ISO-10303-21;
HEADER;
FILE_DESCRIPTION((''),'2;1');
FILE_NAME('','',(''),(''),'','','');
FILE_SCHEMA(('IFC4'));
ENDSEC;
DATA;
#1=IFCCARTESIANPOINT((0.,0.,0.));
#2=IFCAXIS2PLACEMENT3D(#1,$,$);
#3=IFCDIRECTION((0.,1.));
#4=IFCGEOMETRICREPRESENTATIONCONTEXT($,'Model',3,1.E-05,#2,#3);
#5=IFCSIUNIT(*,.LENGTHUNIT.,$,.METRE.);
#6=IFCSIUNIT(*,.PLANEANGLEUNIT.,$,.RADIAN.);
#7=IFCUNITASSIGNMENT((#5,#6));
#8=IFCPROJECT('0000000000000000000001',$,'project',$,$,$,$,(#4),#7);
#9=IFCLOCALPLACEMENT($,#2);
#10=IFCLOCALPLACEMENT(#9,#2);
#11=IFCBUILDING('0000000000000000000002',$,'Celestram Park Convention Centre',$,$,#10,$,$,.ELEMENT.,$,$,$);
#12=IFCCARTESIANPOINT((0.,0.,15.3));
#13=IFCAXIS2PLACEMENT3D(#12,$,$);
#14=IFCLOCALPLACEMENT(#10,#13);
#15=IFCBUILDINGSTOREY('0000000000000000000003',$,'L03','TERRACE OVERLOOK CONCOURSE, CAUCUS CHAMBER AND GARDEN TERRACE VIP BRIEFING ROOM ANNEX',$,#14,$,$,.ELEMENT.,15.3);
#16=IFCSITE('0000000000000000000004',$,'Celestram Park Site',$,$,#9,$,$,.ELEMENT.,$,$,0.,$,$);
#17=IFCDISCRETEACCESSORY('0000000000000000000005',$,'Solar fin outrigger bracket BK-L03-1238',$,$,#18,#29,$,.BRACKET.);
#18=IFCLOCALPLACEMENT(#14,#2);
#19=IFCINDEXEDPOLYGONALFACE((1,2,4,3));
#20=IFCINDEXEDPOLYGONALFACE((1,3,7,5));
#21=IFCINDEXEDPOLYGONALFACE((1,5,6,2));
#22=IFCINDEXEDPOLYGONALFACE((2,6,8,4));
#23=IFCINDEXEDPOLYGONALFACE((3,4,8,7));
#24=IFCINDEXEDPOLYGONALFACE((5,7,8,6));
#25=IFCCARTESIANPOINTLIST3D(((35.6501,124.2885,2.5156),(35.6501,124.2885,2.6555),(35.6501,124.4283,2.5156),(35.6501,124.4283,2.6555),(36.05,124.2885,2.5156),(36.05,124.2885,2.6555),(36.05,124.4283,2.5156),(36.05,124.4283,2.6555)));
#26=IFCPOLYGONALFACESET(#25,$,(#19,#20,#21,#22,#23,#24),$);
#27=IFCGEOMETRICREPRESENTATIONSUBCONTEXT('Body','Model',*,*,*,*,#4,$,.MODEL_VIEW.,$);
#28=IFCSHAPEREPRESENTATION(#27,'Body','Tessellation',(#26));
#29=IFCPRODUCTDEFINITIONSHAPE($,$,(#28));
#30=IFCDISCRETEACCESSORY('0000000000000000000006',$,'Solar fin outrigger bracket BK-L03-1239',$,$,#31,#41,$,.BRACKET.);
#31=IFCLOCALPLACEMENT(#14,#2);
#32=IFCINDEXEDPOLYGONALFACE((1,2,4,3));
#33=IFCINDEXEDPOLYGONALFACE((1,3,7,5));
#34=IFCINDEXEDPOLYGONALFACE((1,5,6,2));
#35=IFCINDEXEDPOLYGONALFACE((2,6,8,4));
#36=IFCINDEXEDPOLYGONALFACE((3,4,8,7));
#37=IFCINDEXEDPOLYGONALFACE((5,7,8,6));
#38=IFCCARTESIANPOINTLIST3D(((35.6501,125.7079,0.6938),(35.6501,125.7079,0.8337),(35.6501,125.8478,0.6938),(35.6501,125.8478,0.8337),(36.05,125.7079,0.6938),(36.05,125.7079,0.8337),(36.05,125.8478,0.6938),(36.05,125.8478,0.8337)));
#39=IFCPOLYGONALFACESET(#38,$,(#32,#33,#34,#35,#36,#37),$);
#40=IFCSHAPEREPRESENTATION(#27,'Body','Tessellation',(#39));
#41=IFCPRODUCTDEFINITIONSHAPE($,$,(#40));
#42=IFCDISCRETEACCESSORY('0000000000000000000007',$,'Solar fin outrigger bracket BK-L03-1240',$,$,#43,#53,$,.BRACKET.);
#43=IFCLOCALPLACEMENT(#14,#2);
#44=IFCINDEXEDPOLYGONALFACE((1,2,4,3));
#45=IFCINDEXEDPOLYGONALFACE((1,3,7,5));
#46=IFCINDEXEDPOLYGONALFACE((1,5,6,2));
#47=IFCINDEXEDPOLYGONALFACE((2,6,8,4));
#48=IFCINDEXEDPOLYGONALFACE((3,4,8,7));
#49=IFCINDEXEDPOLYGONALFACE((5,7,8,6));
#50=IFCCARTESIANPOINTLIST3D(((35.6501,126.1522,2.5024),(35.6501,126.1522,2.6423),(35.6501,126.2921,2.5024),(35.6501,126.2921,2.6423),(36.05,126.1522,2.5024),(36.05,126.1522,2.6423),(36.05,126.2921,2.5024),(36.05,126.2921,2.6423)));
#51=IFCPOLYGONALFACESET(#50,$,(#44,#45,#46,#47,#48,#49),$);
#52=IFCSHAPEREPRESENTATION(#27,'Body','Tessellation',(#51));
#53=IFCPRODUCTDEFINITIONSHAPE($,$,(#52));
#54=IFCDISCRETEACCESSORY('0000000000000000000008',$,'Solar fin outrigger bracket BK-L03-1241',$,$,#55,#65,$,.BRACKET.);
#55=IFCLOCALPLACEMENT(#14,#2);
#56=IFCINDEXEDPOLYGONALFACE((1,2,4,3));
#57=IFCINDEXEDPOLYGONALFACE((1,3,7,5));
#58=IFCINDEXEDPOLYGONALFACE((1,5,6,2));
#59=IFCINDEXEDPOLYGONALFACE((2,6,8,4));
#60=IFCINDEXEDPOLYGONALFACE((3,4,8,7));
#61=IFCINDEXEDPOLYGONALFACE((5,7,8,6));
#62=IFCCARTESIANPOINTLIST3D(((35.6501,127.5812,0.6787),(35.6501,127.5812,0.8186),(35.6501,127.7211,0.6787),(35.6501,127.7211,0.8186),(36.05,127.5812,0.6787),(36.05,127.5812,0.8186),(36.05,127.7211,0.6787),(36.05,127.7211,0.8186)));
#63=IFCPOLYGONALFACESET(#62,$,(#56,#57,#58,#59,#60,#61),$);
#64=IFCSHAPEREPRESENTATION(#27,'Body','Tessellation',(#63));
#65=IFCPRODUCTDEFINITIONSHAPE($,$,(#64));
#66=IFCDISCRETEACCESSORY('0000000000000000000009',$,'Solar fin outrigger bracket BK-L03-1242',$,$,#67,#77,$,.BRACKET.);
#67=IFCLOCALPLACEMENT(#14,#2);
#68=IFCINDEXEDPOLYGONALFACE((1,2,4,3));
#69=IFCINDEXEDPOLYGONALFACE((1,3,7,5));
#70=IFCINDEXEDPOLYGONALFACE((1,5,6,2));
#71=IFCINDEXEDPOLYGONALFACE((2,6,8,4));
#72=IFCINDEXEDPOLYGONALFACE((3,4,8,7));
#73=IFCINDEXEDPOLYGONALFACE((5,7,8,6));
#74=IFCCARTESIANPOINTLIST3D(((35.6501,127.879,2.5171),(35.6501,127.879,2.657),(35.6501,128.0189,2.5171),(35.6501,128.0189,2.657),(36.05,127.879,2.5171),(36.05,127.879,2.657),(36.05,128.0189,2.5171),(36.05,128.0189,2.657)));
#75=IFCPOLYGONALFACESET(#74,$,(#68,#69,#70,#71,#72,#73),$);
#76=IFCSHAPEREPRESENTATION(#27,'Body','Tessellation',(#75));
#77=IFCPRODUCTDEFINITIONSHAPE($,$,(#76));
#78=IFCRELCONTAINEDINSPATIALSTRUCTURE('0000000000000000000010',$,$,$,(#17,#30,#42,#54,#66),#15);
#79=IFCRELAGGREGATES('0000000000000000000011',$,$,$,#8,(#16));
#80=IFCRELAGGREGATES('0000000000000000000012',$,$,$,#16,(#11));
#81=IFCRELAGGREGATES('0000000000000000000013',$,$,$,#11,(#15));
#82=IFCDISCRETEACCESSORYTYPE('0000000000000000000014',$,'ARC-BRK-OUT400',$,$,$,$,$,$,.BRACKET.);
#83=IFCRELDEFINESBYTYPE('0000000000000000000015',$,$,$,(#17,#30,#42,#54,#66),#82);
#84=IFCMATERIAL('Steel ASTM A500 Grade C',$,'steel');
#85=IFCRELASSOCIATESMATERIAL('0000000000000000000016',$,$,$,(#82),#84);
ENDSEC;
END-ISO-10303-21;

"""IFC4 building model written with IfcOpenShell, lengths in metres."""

from ifc_helpers import new_model, si_unit, direction, frame, origin, origin_2d, place, context, subcontext, project, spatial, rectangle, extrude, material, type_object, element, save


model = new_model("IFC4")

# Units and contexts
model_context = context("Model", 3, precision=1e-05, world=origin(), true_north=direction((0.0, 1.0)))
body_context = subcontext(model_context, "Body", "Model", "MODEL_VIEW")
ifc_project = project(units=[si_unit("LENGTHUNIT", "METRE"), si_unit("PLANEANGLEUNIT", "RADIAN")], contexts=[model_context])

# Site, building, storey
site_placement = place(None, origin())
site = spatial("IfcSite", under=ifc_project, at=site_placement, Name="Celestram Park Site", CompositionType="ELEMENT", RefElevation=0.0)
building_placement = place(site_placement, origin())
building = spatial("IfcBuilding", under=site, at=building_placement, Name="Celestram Park Convention Centre", CompositionType="ELEMENT")
storey_placement = place(building_placement, frame((0.0, 0.0, 15.3)))
storey = spatial("IfcBuildingStorey", under=building, at=storey_placement, Name="L03", Description="TERRACE OVERLOOK CONCOURSE, CAUCUS CHAMBER AND GARDEN TERRACE VIP BRIEFING ROOM ANNEX", CompositionType="ELEMENT", Elevation=15.3)

# Discrete accessories
ifc_material_1 = material(Name="Steel ASTM A500 Grade C", Category="steel")
discrete_accessory_type = type_object("IfcDiscreteAccessoryType", Name="ARC-BRK-OUT400", PredefinedType="BRACKET", material=ifc_material_1)
for number, where, z_axis, x_axis, name in (
    (1, (35.8501, 124.3584, 2.5156), (0.0, 0.0, 1.0), (-1.0, 0.0, 0.0), "Solar fin outrigger bracket BK-L03-1238"),
    (2, (35.8501, 125.7778, 0.6938), (0.0, 0.0, 1.0), (-1.0, 0.0, 0.0), "Solar fin outrigger bracket BK-L03-1239"),
    (3, (35.8501, 126.2222, 2.5024), (0.0, 0.0, 1.0), (-1.0, 0.0, 0.0), "Solar fin outrigger bracket BK-L03-1240"),
    (4, (35.8501, 127.6511, 0.6787), (0.0, 0.0, 1.0), (-1.0, 0.0, 0.0), "Solar fin outrigger bracket BK-L03-1241"),
    (5, (35.8501, 127.949, 2.5171), (0.0, 0.0, 1.0), (-1.0, 0.0, 0.0), "Solar fin outrigger bracket BK-L03-1242"),
):
    element("IfcDiscreteAccessory", number, at=place(storey_placement, frame(where, z_axis=z_axis, x_axis=x_axis)), inside=storey, type_object=discrete_accessory_type, Name=name, PredefinedType="BRACKET", context=body_context, shape_type="SweptSolid", body=[
        extrude(rectangle(XDim=0.3999, YDim=0.1399, at=origin_2d()), origin(), (0.0, 0.0, 1.0), 0.1399),
    ])

save(model, "model.ifc")
